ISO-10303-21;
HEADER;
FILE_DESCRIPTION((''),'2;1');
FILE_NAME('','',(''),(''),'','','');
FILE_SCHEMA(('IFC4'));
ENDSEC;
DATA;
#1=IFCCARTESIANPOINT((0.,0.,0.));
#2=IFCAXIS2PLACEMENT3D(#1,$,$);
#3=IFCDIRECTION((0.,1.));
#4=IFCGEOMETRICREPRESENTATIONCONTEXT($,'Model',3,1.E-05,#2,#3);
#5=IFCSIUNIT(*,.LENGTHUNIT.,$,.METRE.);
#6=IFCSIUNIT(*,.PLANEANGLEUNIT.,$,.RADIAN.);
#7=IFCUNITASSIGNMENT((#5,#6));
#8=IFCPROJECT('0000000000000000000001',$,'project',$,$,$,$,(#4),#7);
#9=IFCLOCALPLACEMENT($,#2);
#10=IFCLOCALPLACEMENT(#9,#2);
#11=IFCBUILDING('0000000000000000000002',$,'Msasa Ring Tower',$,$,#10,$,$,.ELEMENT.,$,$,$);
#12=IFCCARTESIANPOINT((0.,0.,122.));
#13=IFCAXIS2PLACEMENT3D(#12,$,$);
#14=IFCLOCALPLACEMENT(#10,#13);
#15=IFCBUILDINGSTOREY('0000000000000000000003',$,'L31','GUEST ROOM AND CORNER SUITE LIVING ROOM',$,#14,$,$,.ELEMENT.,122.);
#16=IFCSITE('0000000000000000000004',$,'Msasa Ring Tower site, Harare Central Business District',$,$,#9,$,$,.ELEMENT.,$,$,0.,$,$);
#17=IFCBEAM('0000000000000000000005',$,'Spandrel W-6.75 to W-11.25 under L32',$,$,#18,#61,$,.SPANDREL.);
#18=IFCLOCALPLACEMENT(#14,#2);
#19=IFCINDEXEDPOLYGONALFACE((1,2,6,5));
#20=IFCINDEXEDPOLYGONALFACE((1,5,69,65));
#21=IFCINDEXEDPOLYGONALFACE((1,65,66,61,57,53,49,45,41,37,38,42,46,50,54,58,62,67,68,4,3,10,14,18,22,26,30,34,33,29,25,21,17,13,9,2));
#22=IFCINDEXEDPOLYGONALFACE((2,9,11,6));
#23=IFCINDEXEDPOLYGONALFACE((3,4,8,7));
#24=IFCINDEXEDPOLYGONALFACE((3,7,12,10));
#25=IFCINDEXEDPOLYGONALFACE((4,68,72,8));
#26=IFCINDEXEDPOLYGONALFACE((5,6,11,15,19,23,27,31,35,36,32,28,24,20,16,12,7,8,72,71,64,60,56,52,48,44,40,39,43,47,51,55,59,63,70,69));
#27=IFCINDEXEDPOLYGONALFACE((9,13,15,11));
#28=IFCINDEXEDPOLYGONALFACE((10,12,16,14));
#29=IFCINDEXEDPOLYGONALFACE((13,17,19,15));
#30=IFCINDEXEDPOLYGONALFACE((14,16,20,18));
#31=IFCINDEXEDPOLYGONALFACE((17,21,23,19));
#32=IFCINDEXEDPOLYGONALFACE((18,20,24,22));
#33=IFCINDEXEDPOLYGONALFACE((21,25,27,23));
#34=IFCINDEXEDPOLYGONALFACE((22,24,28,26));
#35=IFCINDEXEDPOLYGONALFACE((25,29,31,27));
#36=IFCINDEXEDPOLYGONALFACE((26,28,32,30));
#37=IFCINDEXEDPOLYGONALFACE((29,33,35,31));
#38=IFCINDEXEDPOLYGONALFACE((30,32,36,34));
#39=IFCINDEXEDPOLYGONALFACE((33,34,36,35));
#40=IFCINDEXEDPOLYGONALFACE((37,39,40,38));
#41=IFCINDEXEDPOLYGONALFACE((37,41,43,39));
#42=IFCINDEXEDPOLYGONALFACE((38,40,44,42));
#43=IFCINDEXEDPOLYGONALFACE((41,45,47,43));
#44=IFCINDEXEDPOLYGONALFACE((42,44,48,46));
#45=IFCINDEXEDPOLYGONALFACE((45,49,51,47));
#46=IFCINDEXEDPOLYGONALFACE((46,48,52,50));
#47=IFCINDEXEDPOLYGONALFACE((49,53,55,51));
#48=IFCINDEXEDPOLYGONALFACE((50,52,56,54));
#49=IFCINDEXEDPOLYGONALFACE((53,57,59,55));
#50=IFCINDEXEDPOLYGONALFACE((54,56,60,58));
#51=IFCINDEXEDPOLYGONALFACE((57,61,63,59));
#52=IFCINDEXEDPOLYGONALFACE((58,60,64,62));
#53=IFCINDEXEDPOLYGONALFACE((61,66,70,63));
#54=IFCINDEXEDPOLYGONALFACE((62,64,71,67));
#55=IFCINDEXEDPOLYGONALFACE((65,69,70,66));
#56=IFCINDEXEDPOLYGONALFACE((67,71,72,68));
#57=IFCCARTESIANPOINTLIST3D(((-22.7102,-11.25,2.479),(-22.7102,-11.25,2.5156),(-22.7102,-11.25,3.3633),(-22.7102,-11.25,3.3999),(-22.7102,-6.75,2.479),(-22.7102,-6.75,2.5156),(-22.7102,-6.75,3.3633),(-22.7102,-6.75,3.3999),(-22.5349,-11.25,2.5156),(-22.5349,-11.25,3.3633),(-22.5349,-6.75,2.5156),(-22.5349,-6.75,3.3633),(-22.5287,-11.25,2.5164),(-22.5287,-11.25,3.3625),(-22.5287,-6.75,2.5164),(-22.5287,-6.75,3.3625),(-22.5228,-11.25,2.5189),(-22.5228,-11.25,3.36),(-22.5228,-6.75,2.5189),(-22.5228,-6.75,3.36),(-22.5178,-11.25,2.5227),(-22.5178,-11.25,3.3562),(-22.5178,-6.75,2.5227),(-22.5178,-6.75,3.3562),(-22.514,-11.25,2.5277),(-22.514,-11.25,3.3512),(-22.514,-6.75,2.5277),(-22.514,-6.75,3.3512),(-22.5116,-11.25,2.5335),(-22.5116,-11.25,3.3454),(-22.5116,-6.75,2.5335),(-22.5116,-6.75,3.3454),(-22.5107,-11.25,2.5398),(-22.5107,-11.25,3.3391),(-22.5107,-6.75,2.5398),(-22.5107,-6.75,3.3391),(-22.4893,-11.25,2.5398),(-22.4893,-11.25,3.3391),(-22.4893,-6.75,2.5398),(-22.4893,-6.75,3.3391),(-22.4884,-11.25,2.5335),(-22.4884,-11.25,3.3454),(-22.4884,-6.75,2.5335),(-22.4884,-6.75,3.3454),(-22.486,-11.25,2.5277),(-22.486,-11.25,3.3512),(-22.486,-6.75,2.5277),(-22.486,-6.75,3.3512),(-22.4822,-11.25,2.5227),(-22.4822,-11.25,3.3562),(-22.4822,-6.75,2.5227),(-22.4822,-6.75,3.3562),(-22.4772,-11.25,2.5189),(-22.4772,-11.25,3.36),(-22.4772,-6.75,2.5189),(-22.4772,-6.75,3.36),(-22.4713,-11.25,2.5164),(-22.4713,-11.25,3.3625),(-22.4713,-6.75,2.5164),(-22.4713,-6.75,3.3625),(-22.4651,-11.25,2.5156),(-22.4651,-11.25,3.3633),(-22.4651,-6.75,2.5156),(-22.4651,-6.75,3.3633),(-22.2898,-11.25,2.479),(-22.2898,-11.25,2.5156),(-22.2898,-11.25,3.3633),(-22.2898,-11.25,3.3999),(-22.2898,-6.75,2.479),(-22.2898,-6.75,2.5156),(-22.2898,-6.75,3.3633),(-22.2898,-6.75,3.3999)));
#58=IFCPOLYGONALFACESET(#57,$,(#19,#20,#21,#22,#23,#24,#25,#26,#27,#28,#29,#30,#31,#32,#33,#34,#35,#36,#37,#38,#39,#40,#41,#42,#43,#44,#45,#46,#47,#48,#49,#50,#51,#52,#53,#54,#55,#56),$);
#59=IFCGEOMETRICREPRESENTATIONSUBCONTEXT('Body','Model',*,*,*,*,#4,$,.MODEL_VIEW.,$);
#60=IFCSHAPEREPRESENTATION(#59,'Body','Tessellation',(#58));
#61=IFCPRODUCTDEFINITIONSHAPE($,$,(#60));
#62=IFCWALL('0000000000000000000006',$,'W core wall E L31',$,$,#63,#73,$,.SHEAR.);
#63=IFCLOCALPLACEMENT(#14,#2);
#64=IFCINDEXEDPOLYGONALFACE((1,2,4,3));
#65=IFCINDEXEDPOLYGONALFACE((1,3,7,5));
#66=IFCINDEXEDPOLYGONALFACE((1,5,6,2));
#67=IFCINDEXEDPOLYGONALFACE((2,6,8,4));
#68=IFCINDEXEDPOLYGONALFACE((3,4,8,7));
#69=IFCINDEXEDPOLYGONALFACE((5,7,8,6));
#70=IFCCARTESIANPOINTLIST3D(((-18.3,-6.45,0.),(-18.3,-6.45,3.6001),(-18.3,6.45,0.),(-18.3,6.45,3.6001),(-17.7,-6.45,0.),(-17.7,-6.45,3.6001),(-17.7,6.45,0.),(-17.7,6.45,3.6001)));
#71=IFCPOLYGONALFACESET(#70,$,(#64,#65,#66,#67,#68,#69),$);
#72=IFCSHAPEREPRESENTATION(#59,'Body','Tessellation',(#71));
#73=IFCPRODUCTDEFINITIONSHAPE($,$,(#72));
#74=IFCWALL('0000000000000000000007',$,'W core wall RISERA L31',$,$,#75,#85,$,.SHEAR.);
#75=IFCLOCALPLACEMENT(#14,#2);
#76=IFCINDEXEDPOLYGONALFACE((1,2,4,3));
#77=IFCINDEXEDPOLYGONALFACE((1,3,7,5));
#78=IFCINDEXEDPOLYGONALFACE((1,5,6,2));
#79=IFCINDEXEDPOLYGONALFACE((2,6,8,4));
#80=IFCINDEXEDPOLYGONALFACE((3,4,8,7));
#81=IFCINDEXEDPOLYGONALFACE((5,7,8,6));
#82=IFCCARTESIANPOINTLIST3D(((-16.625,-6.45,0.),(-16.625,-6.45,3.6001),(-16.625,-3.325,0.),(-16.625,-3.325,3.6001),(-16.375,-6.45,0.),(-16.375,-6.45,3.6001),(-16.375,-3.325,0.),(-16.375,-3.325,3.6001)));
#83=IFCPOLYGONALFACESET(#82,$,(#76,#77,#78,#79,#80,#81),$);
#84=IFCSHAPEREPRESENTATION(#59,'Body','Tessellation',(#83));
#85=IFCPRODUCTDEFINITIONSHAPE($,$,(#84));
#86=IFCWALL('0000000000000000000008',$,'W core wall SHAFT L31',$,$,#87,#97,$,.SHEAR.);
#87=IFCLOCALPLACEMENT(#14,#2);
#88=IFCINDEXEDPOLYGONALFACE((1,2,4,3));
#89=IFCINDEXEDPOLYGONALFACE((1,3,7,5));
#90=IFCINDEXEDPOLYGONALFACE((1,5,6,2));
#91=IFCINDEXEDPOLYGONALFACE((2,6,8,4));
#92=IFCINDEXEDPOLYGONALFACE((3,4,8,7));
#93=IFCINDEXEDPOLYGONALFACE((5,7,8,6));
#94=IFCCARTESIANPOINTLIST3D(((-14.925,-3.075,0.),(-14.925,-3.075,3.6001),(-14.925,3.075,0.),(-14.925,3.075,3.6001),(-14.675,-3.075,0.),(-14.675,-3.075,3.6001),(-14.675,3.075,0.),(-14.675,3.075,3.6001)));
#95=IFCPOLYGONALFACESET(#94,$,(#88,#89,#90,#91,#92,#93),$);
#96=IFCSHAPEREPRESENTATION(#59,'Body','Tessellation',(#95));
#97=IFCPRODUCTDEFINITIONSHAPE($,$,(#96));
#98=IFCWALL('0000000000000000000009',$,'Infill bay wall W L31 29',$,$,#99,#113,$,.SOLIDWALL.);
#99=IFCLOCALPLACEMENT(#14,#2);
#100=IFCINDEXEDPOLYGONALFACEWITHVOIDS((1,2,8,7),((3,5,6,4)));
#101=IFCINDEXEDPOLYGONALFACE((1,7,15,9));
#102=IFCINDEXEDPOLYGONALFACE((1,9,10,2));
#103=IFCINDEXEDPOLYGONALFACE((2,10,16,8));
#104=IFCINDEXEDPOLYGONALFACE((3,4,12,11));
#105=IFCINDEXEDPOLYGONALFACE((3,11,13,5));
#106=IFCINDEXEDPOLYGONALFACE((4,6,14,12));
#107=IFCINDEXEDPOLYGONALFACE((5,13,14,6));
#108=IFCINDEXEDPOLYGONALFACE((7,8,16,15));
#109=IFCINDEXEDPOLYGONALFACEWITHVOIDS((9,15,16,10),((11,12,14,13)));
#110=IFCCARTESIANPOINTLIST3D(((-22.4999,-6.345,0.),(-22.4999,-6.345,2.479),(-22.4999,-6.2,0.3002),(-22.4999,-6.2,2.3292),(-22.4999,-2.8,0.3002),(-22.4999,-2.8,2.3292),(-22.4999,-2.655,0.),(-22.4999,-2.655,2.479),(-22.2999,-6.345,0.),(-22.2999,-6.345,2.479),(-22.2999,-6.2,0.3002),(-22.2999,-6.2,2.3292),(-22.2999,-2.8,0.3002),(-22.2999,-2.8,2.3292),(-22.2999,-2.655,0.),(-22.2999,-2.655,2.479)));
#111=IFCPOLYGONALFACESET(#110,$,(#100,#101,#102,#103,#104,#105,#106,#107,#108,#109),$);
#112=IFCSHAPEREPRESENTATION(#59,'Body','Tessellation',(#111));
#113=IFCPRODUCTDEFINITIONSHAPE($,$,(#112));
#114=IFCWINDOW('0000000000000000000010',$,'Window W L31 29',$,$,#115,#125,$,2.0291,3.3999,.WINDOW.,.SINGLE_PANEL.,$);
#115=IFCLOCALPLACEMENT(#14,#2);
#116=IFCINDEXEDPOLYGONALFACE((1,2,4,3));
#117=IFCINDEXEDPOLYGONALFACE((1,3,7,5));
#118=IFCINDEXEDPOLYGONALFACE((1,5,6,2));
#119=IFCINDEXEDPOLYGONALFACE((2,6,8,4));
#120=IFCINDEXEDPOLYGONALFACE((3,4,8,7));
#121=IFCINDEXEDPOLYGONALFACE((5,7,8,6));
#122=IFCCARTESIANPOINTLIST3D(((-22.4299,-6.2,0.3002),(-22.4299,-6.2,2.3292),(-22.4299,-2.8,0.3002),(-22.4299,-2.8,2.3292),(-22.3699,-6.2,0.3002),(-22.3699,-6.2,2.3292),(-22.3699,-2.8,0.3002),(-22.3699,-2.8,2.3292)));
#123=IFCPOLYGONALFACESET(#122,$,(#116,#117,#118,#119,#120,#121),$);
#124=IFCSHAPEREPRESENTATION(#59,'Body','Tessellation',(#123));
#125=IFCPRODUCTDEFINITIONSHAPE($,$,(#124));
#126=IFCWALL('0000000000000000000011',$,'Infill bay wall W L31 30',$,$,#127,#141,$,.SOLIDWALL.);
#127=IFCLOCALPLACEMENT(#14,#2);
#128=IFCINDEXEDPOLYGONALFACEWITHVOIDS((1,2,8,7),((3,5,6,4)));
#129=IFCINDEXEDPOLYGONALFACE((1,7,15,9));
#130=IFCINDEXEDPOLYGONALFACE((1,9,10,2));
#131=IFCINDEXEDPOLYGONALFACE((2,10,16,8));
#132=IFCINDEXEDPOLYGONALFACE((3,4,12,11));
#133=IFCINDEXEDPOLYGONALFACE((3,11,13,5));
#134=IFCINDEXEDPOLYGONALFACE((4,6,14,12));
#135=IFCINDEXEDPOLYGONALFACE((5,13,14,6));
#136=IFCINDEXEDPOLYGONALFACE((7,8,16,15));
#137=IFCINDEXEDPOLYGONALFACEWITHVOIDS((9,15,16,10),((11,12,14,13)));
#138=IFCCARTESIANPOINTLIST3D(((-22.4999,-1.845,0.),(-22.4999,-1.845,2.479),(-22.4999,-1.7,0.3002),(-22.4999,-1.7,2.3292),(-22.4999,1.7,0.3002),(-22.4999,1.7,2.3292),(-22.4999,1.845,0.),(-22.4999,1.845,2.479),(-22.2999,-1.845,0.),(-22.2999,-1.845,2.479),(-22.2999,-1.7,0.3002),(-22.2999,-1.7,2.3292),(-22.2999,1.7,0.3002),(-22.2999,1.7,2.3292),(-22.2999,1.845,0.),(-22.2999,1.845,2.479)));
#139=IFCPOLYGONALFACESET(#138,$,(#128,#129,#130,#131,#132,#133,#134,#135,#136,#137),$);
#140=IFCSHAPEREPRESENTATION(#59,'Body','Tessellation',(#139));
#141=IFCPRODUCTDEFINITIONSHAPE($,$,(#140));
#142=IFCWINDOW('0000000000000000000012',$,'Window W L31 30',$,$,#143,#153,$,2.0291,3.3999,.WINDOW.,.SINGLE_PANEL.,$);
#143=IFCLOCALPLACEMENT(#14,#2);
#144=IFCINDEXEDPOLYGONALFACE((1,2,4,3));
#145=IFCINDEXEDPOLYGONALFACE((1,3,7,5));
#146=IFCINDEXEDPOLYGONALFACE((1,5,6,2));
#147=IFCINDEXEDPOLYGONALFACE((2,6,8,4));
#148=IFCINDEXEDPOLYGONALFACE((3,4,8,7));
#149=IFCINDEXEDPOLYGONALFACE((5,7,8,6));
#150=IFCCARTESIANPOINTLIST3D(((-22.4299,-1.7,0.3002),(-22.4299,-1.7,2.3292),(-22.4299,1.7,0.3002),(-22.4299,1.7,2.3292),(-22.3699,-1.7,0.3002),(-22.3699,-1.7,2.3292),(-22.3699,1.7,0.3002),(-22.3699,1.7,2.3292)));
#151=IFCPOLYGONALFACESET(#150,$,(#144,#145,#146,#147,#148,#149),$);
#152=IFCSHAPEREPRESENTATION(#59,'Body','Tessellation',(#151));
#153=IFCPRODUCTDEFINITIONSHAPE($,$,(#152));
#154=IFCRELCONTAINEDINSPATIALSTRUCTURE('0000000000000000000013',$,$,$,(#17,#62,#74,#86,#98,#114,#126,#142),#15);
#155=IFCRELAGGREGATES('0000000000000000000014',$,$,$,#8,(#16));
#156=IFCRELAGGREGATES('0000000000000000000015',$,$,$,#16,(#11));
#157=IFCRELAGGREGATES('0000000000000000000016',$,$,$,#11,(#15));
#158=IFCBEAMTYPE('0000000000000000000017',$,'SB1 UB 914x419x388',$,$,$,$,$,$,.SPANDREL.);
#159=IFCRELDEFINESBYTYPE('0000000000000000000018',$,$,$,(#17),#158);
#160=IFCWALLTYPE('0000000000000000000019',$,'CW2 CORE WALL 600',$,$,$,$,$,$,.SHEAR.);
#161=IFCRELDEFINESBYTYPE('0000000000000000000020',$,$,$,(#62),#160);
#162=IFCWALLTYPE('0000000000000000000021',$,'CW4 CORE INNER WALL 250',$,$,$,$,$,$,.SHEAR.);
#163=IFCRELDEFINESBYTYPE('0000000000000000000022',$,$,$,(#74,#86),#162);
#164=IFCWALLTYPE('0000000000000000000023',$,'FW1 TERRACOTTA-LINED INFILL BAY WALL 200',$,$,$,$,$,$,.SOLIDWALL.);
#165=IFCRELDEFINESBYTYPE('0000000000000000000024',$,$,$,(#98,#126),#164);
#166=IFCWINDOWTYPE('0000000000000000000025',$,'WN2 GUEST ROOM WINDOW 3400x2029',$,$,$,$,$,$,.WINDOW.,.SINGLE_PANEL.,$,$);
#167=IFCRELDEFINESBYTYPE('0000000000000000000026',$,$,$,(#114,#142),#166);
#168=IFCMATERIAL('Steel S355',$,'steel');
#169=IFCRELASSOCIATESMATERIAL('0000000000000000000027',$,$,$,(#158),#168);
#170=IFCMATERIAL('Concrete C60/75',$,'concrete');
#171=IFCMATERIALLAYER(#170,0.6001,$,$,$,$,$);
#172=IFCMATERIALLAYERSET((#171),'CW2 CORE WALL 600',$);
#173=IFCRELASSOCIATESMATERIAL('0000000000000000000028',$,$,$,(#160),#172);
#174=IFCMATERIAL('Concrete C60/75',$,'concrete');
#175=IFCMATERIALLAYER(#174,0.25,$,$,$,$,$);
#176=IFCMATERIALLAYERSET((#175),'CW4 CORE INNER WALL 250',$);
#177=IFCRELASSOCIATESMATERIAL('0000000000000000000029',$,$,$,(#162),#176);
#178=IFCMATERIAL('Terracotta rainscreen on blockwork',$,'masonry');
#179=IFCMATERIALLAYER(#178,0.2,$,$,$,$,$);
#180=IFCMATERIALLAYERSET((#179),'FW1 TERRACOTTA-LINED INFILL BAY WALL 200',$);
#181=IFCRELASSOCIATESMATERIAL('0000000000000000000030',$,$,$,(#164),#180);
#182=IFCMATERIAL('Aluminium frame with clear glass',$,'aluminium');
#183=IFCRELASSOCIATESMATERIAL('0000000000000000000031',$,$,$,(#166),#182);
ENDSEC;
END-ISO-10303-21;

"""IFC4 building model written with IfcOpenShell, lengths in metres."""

from ifc_helpers import new_model, si_unit, direction, frame, frame_2d, origin, origin_2d, place, context, subcontext, project, spatial, rectangle, i_section, extrude, material, layer, layer_set, material_profile, profile_set, type_object, element, fill, save


model = new_model("IFC4")

# Units and contexts
model_context = context("Model", 3, precision=1e-05, world=origin(), true_north=direction((0.0, 1.0)))
body_context = subcontext(model_context, "Body", "Model", "MODEL_VIEW")
ifc_project = project(units=[si_unit("LENGTHUNIT", "METRE"), si_unit("PLANEANGLEUNIT", "RADIAN")], contexts=[model_context])

# Site, building, storey
site_placement = place(None, origin())
site = spatial("IfcSite", under=ifc_project, at=site_placement, Name="Msasa Ring Tower site, Harare Central Business District", CompositionType="ELEMENT", RefElevation=0.0)
building_placement = place(site_placement, origin())
building = spatial("IfcBuilding", under=site, at=building_placement, Name="Msasa Ring Tower", CompositionType="ELEMENT")
storey_placement = place(building_placement, frame((0.0, 0.0, 122.0)))
storey = spatial("IfcBuildingStorey", under=building, at=storey_placement, Name="L31", Description="GUEST ROOM AND CORNER SUITE LIVING ROOM", CompositionType="ELEMENT", Elevation=122.0)

# Beam
ifc_material_1 = material(Name="Steel S355", Category="steel")
ifc_material_profile_1 = material_profile(ifc_material_1, i_section(OverallWidth=0.4204, OverallDepth=0.9209, WebThickness=0.0215, FlangeThickness=0.0366, FilletRadius=0.0242, at=origin_2d()), Name="UB 914x419x388")
ifc_profile_set_1 = profile_set([ifc_material_profile_1], Name="Steel S355")
beam_type_1 = type_object("IfcBeamType", Name="SB1 UB 914x419x388", PredefinedType="SPANDREL", material=ifc_profile_set_1)
for number, where, z_axis, x_axis, name in (
    (1, (-22.5, -6.75, 2.9395), (0.0, -1.0, 0.0), (1.0, 0.0, 0.0), "Spandrel W-6.75 to W-11.25 under L32"),
):
    element("IfcBeam", number, at=place(storey_placement, frame(where, z_axis=z_axis, x_axis=x_axis)), inside=storey, type_object=beam_type_1, Name=name, PredefinedType="SPANDREL", context=body_context, shape_type="SweptSolid", body=[
        extrude(i_section(OverallWidth=0.4204, OverallDepth=0.9209, WebThickness=0.0215, FlangeThickness=0.0366, FilletRadius=0.0242, at=origin_2d()), origin(), (0.0, 0.0, 1.0), 4.5),
    ])

# Walls
ifc_material_2 = material(Name="Concrete C60/75", Category="concrete")
ifc_layer_1 = layer(ifc_material_2, 0.6001)
ifc_layer_set_1 = layer_set([ifc_layer_1], Name="CW2 CORE WALL 600")
wall_type_1 = type_object("IfcWallType", Name="CW2 CORE WALL 600", PredefinedType="SHEAR", material=ifc_layer_set_1)
wall_1_placement = place(storey_placement, frame((-18.0, -6.45, 0.0), z_axis=(0.0, 0.0, 1.0), x_axis=(0.0, 1.0, 0.0)))
element("IfcWall", 2, at=wall_1_placement, inside=storey, type_object=wall_type_1, Name="W core wall E L31", PredefinedType="SHEAR", context=body_context, shape_type="SweptSolid", body=[
    extrude(rectangle(XDim=12.8999, YDim=0.6001, at=frame_2d((6.45, 0.0))), origin(), (0.0, 0.0, 1.0), 3.6001),
])
ifc_material_3 = material(Name="Concrete C60/75", Category="concrete")
ifc_layer_2 = layer(ifc_material_3, 0.25)
ifc_layer_set_2 = layer_set([ifc_layer_2], Name="CW4 CORE INNER WALL 250")
wall_type_2 = type_object("IfcWallType", Name="CW4 CORE INNER WALL 250", PredefinedType="SHEAR", material=ifc_layer_set_2)
wall_2_placement = place(storey_placement, frame((-16.5, -6.45, 0.0), z_axis=(0.0, 0.0, 1.0), x_axis=(0.0, 1.0, 0.0)))
element("IfcWall", 3, at=wall_2_placement, inside=storey, type_object=wall_type_2, Name="W core wall RISERA L31", PredefinedType="SHEAR", context=body_context, shape_type="SweptSolid", body=[
    extrude(rectangle(XDim=3.125, YDim=0.25, at=frame_2d((1.5625, 0.0))), origin(), (0.0, 0.0, 1.0), 3.6001),
])
wall_3_placement = place(storey_placement, frame((-14.8, -3.075, 0.0), z_axis=(0.0, 0.0, 1.0), x_axis=(0.0, 1.0, 0.0)))
element("IfcWall", 4, at=wall_3_placement, inside=storey, type_object=wall_type_2, Name="W core wall SHAFT L31", PredefinedType="SHEAR", context=body_context, shape_type="SweptSolid", body=[
    extrude(rectangle(XDim=6.1499, YDim=0.25, at=frame_2d((3.075, 0.0))), origin(), (0.0, 0.0, 1.0), 3.6001),
])

# Walls, openings, windows
ifc_material_4 = material(Name="Terracotta rainscreen on blockwork", Category="masonry")
ifc_layer_3 = layer(ifc_material_4, 0.2)
ifc_layer_set_3 = layer_set([ifc_layer_3], Name="FW1 TERRACOTTA-LINED INFILL BAY WALL 200")
wall_type_3 = type_object("IfcWallType", Name="FW1 TERRACOTTA-LINED INFILL BAY WALL 200", PredefinedType="SOLIDWALL", material=ifc_layer_set_3)
wall_4_placement = place(storey_placement, frame((-22.3999, -6.345, 0.0), z_axis=(0.0, 0.0, 1.0), x_axis=(0.0, 1.0, 0.0)))
wall_4 = element("IfcWall", 5, at=wall_4_placement, inside=storey, type_object=wall_type_3, Name="Infill bay wall W L31 29", PredefinedType="SOLIDWALL", context=body_context, shape_type="SweptSolid", body=[
    extrude(rectangle(XDim=3.6899, YDim=0.2, at=frame_2d((1.845, 0.0))), origin(), (0.0, 0.0, 1.0), 2.479),
])
opening_1_placement = place(wall_4_placement, frame((0.145, 0.0, 0.3)))
opening_1 = element("IfcOpeningElement", 6, at=opening_1_placement, cuts=wall_4, PredefinedType="OPENING", context=body_context, shape_type="SweptSolid", body=[
    extrude(rectangle(XDim=3.3999, YDim=2.0291, at=frame_2d((1.7, 1.0146))), frame((0.0, 0.1099, 0.0), z_axis=(0.0, -1.0, 0.0), x_axis=(1.0, 0.0, 0.0)), (0.0, 0.0, 1.0), 0.22),
])
ifc_material_5 = material(Name="Aluminium frame with clear glass", Category="aluminium")
window_type = type_object("IfcWindowType", Name="WN2 GUEST ROOM WINDOW 3400x2029", PartitioningType="SINGLE_PANEL", PredefinedType="WINDOW", material=ifc_material_5)
window_1_placement = place(opening_1_placement, origin())
window_1 = element("IfcWindow", 7, at=window_1_placement, inside=storey, type_object=window_type, Name="Window W L31 29", OverallHeight=2.0291, OverallWidth=3.3999, PartitioningType="SINGLE_PANEL", PredefinedType="WINDOW", context=body_context, shape_type="SweptSolid", body=[
    extrude(rectangle(XDim=3.3999, YDim=2.0291, at=frame_2d((1.7, 1.0146))), frame((0.0, 0.03, 0.0), z_axis=(0.0, -1.0, 0.0), x_axis=(1.0, 0.0, 0.0)), (0.0, 0.0, 1.0), 0.0601),
])
fill(opening_1, window_1)
wall_5_placement = place(storey_placement, frame((-22.3999, -1.845, 0.0), z_axis=(0.0, 0.0, 1.0), x_axis=(0.0, 1.0, 0.0)))
wall_5 = element("IfcWall", 8, at=wall_5_placement, inside=storey, type_object=wall_type_3, Name="Infill bay wall W L31 30", PredefinedType="SOLIDWALL", context=body_context, shape_type="SweptSolid", body=[
    extrude(rectangle(XDim=3.6899, YDim=0.2, at=frame_2d((1.845, 0.0))), origin(), (0.0, 0.0, 1.0), 2.479),
])
opening_2_placement = place(wall_5_placement, frame((0.145, 0.0, 0.3)))
opening_2 = element("IfcOpeningElement", 9, at=opening_2_placement, cuts=wall_5, PredefinedType="OPENING", context=body_context, shape_type="SweptSolid", body=[
    extrude(rectangle(XDim=3.3999, YDim=2.0291, at=frame_2d((1.7, 1.0146))), frame((0.0, 0.1099, 0.0), z_axis=(0.0, -1.0, 0.0), x_axis=(1.0, 0.0, 0.0)), (0.0, 0.0, 1.0), 0.22),
])
window_2_placement = place(opening_2_placement, origin())
window_2 = element("IfcWindow", 10, at=window_2_placement, inside=storey, type_object=window_type, Name="Window W L31 30", OverallHeight=2.0291, OverallWidth=3.3999, PartitioningType="SINGLE_PANEL", PredefinedType="WINDOW", context=body_context, shape_type="SweptSolid", body=[
    extrude(rectangle(XDim=3.3999, YDim=2.0291, at=frame_2d((1.7, 1.0146))), frame((0.0, 0.03, 0.0), z_axis=(0.0, -1.0, 0.0), x_axis=(1.0, 0.0, 0.0)), (0.0, 0.0, 1.0), 0.0601),
])
fill(opening_2, window_2)

save(model, "model.ifc")
